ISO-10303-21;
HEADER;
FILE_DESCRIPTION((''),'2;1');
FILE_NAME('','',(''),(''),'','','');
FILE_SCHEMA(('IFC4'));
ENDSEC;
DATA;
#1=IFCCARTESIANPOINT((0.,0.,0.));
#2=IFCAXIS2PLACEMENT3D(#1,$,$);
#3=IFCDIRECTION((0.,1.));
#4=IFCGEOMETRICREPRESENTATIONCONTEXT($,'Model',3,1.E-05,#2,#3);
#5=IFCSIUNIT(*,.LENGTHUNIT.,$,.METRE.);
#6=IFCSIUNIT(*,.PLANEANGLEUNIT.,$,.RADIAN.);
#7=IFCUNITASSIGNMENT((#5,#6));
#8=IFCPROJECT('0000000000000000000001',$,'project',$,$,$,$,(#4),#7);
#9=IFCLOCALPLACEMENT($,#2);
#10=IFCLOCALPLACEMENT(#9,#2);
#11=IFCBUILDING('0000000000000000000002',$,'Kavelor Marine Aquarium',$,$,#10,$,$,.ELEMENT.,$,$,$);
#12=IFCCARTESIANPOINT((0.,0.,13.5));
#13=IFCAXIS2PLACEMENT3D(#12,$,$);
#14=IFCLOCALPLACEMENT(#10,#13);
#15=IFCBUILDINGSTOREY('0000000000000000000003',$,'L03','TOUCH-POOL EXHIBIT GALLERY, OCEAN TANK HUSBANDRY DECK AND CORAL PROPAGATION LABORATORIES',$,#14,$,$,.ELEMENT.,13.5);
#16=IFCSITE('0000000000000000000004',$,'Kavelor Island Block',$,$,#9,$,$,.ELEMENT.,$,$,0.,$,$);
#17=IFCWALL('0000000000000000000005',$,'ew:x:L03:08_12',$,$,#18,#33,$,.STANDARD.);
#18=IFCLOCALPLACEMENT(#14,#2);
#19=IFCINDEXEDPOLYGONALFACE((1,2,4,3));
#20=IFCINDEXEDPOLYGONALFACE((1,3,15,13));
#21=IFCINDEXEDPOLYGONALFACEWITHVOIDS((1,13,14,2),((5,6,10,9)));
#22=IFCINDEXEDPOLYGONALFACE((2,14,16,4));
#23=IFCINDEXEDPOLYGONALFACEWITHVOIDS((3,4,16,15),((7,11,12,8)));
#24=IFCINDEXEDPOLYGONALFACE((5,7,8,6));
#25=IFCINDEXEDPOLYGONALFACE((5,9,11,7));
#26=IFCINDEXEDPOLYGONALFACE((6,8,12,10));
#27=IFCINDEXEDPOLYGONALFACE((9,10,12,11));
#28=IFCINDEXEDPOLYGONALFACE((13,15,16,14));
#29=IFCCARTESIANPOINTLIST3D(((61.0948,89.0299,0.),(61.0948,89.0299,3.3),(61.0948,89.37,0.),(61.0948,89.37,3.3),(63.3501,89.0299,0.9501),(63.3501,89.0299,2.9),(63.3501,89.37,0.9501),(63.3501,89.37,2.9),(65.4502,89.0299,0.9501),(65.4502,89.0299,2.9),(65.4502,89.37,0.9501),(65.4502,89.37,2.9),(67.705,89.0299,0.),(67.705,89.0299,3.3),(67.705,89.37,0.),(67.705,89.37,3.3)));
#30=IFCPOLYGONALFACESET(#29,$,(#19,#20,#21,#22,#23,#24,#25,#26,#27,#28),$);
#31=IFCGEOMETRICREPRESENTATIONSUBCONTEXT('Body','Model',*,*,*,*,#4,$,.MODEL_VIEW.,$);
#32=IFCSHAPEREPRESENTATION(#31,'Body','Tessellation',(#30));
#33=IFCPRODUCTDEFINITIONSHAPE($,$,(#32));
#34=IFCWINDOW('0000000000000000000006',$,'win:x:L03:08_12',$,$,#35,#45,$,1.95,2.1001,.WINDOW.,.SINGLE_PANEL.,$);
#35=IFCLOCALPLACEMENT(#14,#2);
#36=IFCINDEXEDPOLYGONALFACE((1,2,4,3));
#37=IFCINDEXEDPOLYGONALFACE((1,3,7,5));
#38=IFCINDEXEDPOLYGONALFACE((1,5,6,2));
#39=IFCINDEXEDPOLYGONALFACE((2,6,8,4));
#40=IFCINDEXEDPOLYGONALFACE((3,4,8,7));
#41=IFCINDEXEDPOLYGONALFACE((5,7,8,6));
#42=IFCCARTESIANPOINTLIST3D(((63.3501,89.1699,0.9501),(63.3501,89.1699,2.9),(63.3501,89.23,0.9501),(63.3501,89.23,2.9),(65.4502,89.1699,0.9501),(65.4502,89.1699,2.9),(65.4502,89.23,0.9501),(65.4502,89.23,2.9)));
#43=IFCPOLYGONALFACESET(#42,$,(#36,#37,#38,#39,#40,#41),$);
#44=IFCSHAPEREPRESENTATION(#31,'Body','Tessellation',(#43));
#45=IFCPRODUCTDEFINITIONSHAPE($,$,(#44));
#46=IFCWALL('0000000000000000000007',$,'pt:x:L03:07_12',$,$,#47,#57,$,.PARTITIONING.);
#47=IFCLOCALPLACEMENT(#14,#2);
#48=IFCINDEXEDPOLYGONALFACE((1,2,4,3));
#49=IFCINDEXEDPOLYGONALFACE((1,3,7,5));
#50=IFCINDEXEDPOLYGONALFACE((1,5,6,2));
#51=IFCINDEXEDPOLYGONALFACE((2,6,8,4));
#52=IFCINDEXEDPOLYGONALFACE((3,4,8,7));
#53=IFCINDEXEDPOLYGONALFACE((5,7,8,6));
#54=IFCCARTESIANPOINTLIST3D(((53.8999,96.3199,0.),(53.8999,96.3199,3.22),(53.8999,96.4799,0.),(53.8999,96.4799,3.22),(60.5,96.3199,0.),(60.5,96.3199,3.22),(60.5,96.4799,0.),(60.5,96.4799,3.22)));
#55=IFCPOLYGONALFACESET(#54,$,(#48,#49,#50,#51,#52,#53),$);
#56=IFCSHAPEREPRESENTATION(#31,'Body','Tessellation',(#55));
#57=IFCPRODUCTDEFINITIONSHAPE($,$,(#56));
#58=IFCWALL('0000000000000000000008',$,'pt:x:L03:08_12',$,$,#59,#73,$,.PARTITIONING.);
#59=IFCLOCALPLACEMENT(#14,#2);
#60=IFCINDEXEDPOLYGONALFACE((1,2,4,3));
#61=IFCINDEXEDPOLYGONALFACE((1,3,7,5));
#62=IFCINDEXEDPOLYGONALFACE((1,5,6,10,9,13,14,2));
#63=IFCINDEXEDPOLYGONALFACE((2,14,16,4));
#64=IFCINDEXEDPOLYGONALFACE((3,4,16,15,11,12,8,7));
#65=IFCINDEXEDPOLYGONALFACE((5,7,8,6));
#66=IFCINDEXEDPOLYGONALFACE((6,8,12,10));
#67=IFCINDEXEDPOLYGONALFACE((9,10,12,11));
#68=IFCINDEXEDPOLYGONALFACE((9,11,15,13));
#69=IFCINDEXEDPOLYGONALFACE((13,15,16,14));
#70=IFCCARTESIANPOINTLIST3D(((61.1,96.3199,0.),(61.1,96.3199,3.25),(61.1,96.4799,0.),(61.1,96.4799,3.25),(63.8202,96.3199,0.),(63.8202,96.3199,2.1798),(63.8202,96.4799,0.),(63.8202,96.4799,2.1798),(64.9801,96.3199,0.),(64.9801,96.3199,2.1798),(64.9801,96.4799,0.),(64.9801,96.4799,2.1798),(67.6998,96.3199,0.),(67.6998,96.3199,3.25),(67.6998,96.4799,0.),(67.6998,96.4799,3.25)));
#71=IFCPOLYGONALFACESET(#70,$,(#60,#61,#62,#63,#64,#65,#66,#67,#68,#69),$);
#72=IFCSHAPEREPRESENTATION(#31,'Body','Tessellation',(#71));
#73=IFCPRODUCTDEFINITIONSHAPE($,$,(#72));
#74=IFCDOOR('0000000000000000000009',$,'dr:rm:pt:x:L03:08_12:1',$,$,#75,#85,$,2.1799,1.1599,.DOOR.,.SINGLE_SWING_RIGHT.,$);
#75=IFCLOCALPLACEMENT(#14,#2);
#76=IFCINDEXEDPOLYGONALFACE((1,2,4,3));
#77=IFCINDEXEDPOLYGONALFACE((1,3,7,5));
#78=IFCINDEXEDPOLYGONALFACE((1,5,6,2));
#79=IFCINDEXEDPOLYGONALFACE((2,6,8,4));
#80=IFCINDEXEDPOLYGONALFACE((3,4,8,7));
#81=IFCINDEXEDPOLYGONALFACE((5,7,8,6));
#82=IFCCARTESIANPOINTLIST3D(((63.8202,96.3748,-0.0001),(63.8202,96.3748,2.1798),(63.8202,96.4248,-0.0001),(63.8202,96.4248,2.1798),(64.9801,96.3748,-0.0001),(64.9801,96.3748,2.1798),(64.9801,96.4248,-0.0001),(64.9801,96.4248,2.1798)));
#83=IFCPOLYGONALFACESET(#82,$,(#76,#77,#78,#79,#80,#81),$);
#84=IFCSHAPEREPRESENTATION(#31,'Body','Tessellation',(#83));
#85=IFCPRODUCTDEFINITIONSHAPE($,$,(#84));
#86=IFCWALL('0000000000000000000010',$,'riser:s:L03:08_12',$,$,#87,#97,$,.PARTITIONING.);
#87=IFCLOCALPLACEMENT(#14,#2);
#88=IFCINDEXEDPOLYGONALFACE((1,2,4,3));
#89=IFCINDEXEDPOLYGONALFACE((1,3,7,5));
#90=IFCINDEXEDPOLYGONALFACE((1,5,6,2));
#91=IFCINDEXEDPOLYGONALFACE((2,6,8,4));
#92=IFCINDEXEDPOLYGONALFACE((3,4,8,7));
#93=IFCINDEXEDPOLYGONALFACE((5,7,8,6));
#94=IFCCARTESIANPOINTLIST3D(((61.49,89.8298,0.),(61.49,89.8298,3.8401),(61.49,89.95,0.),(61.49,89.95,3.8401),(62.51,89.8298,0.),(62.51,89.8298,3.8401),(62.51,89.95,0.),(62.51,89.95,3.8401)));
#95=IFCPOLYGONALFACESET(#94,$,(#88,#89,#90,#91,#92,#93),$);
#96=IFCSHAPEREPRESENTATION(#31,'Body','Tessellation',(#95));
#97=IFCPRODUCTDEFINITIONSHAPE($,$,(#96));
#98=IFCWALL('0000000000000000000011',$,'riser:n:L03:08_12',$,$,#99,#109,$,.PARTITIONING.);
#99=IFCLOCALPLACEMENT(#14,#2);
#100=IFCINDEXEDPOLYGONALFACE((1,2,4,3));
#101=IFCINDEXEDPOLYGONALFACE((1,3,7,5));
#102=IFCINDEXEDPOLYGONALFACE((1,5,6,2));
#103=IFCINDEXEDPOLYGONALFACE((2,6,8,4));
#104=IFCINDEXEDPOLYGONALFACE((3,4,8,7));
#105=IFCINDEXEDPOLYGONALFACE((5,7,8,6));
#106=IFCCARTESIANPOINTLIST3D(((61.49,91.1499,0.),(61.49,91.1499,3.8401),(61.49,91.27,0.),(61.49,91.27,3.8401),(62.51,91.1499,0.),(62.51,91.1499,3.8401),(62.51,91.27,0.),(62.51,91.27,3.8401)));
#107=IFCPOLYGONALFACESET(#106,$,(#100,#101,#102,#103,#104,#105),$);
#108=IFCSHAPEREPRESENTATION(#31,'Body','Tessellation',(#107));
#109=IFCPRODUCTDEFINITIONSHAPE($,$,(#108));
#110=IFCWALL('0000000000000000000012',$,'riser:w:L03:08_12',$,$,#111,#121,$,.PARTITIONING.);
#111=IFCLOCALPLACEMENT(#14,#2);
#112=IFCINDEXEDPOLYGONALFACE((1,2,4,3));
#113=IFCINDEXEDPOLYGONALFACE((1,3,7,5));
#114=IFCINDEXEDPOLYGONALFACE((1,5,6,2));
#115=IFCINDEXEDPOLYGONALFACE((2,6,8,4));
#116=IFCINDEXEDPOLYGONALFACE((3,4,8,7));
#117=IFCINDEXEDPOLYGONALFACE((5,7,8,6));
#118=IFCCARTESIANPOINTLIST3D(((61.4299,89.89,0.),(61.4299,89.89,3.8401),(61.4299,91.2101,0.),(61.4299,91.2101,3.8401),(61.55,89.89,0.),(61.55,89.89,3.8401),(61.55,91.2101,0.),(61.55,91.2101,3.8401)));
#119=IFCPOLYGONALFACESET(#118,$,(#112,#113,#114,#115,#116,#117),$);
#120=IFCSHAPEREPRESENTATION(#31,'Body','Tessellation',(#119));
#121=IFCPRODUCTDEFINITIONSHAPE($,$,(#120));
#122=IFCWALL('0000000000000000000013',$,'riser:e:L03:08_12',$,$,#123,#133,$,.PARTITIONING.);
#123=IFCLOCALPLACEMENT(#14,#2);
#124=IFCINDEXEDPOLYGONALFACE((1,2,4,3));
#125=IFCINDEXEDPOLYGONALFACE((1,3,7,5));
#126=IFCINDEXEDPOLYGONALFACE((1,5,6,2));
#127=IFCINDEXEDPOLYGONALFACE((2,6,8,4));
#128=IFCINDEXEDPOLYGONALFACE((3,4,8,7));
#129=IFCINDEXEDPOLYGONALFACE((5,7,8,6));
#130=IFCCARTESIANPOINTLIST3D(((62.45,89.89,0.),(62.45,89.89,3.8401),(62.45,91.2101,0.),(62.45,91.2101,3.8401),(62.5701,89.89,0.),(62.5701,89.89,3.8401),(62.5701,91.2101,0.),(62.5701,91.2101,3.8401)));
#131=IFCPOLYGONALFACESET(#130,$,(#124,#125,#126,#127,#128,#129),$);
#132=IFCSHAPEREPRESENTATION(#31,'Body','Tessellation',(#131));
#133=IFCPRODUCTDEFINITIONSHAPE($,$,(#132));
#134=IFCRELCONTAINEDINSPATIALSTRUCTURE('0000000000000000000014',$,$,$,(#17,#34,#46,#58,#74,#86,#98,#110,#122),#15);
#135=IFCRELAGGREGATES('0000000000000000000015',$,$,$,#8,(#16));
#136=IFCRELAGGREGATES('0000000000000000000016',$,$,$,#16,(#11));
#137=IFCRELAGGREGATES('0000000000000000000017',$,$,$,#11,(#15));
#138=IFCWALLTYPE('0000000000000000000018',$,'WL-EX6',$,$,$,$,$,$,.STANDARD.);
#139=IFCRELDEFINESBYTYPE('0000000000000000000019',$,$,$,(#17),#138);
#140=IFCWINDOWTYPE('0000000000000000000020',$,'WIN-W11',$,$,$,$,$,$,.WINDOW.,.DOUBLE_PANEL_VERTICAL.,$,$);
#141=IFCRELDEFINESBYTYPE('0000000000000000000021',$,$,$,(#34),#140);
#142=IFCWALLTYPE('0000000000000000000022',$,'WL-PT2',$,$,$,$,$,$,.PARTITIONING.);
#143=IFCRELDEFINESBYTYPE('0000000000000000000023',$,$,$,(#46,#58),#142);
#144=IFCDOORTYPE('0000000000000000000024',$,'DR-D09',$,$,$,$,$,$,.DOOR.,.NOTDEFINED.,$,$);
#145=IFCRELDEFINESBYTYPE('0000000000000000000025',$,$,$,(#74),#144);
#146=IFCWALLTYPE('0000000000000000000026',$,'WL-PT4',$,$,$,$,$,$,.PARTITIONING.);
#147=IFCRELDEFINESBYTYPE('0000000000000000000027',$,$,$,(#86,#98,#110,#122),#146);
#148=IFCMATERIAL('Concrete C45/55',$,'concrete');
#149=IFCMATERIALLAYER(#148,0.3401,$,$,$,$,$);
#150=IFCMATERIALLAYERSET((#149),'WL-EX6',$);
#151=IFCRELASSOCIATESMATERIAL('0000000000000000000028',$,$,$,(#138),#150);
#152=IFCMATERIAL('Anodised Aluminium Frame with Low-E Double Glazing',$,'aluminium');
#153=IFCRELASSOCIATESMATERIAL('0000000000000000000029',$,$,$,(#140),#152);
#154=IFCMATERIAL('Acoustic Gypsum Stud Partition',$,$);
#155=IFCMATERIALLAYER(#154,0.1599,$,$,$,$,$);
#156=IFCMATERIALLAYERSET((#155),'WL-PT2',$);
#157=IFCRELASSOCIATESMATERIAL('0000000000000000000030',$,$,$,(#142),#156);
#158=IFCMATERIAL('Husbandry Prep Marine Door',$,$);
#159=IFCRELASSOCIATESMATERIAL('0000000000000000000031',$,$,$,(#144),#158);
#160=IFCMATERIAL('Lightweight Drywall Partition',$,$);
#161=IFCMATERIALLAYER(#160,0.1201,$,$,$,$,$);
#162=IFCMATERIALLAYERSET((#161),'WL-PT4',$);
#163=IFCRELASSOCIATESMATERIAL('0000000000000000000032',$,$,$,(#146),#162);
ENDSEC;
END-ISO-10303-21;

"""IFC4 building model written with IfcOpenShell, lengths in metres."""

from ifc_helpers import new_model, si_unit, direction, frame, frame_2d, origin, place, context, subcontext, project, spatial, rectangle, extrude, material, layer, layer_set, type_object, element, fill, save


model = new_model("IFC4")

# Units and contexts
model_context = context("Model", 3, precision=1e-05, world=origin(), true_north=direction((0.0, 1.0)))
body_context = subcontext(model_context, "Body", "Model", "MODEL_VIEW")
ifc_project = project(units=[si_unit("LENGTHUNIT", "METRE"), si_unit("PLANEANGLEUNIT", "RADIAN")], contexts=[model_context])

# Site, building, storey
site_placement = place(None, origin())
site = spatial("IfcSite", under=ifc_project, at=site_placement, Name="Kavelor Island Block", CompositionType="ELEMENT", RefElevation=0.0)
building_placement = place(site_placement, origin())
building = spatial("IfcBuilding", under=site, at=building_placement, Name="Kavelor Marine Aquarium", CompositionType="ELEMENT")
storey_placement = place(building_placement, frame((0.0, 0.0, 13.5)))
storey = spatial("IfcBuildingStorey", under=building, at=storey_placement, Name="L03", Description="TOUCH-POOL EXHIBIT GALLERY, OCEAN TANK HUSBANDRY DECK AND CORAL PROPAGATION LABORATORIES", CompositionType="ELEMENT", Elevation=13.5)

# Wall, opening, window
ifc_material_1 = material(Name="Concrete C45/55", Category="concrete")
ifc_layer_1 = layer(ifc_material_1, 0.3401)
ifc_layer_set_1 = layer_set([ifc_layer_1], Name="WL-EX6")
wall_type_1 = type_object("IfcWallType", Name="WL-EX6", PredefinedType="STANDARD", material=ifc_layer_set_1)
wall_1_placement = place(storey_placement, frame((67.7051, 89.2, 0.0), z_axis=(0.0, 0.0, 1.0), x_axis=(-1.0, 0.0, 0.0)))
wall_1 = element("IfcWall", 1, at=wall_1_placement, inside=storey, type_object=wall_type_1, Name="ew:x:L03:08_12", PredefinedType="STANDARD", context=body_context, shape_type="SweptSolid", body=[
    extrude(rectangle(XDim=6.6101, YDim=0.3401, at=frame_2d((3.3052, 0.0))), origin(), (0.0, 0.0, 1.0), 3.3),
])
opening_1_placement = place(wall_1_placement, frame((2.2549, 0.0, 0.95)))
opening_1 = element("IfcOpeningElement", 2, at=opening_1_placement, cuts=wall_1, PredefinedType="OPENING", context=body_context, shape_type="SweptSolid", body=[
    extrude(rectangle(XDim=2.1001, YDim=1.95, at=frame_2d((1.05, 0.9751))), frame((0.0, 0.1799, 0.0), z_axis=(0.0, -1.0, 0.0), x_axis=(1.0, 0.0, 0.0)), (0.0, 0.0, 1.0), 0.3601),
])
ifc_material_2 = material(Name="Anodised Aluminium Frame with Low-E Double Glazing", Category="aluminium")
window_type_1 = type_object("IfcWindowType", Name="WIN-W11", PartitioningType="DOUBLE_PANEL_VERTICAL", PredefinedType="WINDOW", material=ifc_material_2)
window_1_placement = place(opening_1_placement, origin())
window_1 = element("IfcWindow", 3, at=window_1_placement, inside=storey, type_object=window_type_1, Name="win:x:L03:08_12", OverallHeight=1.95, OverallWidth=2.1001, PartitioningType="SINGLE_PANEL", PredefinedType="WINDOW", context=body_context, shape_type="SweptSolid", body=[
    extrude(rectangle(XDim=2.1001, YDim=1.95, at=frame_2d((1.05, 0.9751))), frame((0.0, 0.03, 0.0), z_axis=(0.0, -1.0, 0.0), x_axis=(1.0, 0.0, 0.0)), (0.0, 0.0, 1.0), 0.0601),
])
fill(opening_1, window_1)

# Wall
ifc_material_3 = material(Name="Acoustic Gypsum Stud Partition")
ifc_layer_2 = layer(ifc_material_3, 0.1599)
ifc_layer_set_2 = layer_set([ifc_layer_2], Name="WL-PT2")
wall_type_2 = type_object("IfcWallType", Name="WL-PT2", PredefinedType="PARTITIONING", material=ifc_layer_set_2)
wall_2_placement = place(storey_placement, frame((53.8999, 96.3999, 0.0), z_axis=(0.0, 0.0, 1.0), x_axis=(1.0, 0.0, 0.0)))
element("IfcWall", 4, at=wall_2_placement, inside=storey, type_object=wall_type_2, Name="pt:x:L03:07_12", PredefinedType="PARTITIONING", context=body_context, shape_type="SweptSolid", body=[
    extrude(rectangle(XDim=6.6001, YDim=0.1599, at=frame_2d((3.3, 0.0))), origin(), (0.0, 0.0, 1.0), 3.22),
])

# Wall, opening, door
wall_3_placement = place(storey_placement, frame((61.1001, 96.3999, 0.0), z_axis=(0.0, 0.0, 1.0), x_axis=(1.0, 0.0, 0.0)))
wall_3 = element("IfcWall", 5, at=wall_3_placement, inside=storey, type_object=wall_type_2, Name="pt:x:L03:08_12", PredefinedType="PARTITIONING", context=body_context, shape_type="SweptSolid", body=[
    extrude(rectangle(XDim=6.5999, YDim=0.1599, at=frame_2d((3.2998, 0.0))), origin(), (0.0, 0.0, 1.0), 3.25),
])
opening_2_placement = place(wall_3_placement, frame((2.72, 0.0, 0.0)))
opening_2 = element("IfcOpeningElement", 6, at=opening_2_placement, cuts=wall_3, PredefinedType="OPENING", context=body_context, shape_type="SweptSolid", body=[
    extrude(rectangle(XDim=1.1599, YDim=2.1799, at=frame_2d((0.5801, 1.0898))), frame((0.0, 0.0898, 0.0), z_axis=(0.0, -1.0, 0.0), x_axis=(1.0, 0.0, 0.0)), (0.0, 0.0, 1.0), 0.1799),
])
ifc_material_4 = material(Name="Husbandry Prep Marine Door")
door_type = type_object("IfcDoorType", Name="DR-D09", OperationType="NOTDEFINED", PredefinedType="DOOR", material=ifc_material_4)
door_placement = place(opening_2_placement, origin())
door = element("IfcDoor", 7, at=door_placement, inside=storey, type_object=door_type, Name="dr:rm:pt:x:L03:08_12:1", OperationType="SINGLE_SWING_RIGHT", OverallHeight=2.1799, OverallWidth=1.1599, PredefinedType="DOOR", context=body_context, shape_type="SweptSolid", body=[
    extrude(rectangle(XDim=1.1599, YDim=2.1799, at=frame_2d((0.5801, 1.0898))), frame((0.0, 0.0249, 0.0), z_axis=(0.0, -1.0, 0.0), x_axis=(1.0, 0.0, 0.0)), (0.0, 0.0, 1.0), 0.05),
])
fill(opening_2, door)

# Walls
ifc_material_5 = material(Name="Lightweight Drywall Partition")
ifc_layer_3 = layer(ifc_material_5, 0.1201)
ifc_layer_set_3 = layer_set([ifc_layer_3], Name="WL-PT4")
wall_type_3 = type_object("IfcWallType", Name="WL-PT4", PredefinedType="PARTITIONING", material=ifc_layer_set_3)
for number, where, z_axis, x_axis, name in (
    (8, (61.49, 89.8899, 0.0), (0.0, 0.0, 1.0), (1.0, 0.0, 0.0), "riser:s:L03:08_12"),
    (9, (61.49, 91.21, 0.0), (0.0, 0.0, 1.0), (1.0, 0.0, 0.0), "riser:n:L03:08_12"),
):
    element("IfcWall", number, at=place(storey_placement, frame(where, z_axis=z_axis, x_axis=x_axis)), inside=storey, type_object=wall_type_3, Name=name, PredefinedType="PARTITIONING", context=body_context, shape_type="SweptSolid", body=[
        extrude(rectangle(XDim=1.02, YDim=0.1201, at=frame_2d((0.51, 0.0))), origin(), (0.0, 0.0, 1.0), 3.8401),
    ])
for number, where, z_axis, x_axis, name in (
    (10, (61.49, 89.8899, 0.0), (0.0, 0.0, 1.0), (0.0, 1.0, 0.0), "riser:w:L03:08_12"),
    (11, (62.51, 89.8899, 0.0), (0.0, 0.0, 1.0), (0.0, 1.0, 0.0), "riser:e:L03:08_12"),
):
    element("IfcWall", number, at=place(storey_placement, frame(where, z_axis=z_axis, x_axis=x_axis)), inside=storey, type_object=wall_type_3, Name=name, PredefinedType="PARTITIONING", context=body_context, shape_type="SweptSolid", body=[
        extrude(rectangle(XDim=1.3201, YDim=0.1201, at=frame_2d((0.6602, 0.0))), origin(), (0.0, 0.0, 1.0), 3.8401),
    ])

save(model, "model.ifc")
